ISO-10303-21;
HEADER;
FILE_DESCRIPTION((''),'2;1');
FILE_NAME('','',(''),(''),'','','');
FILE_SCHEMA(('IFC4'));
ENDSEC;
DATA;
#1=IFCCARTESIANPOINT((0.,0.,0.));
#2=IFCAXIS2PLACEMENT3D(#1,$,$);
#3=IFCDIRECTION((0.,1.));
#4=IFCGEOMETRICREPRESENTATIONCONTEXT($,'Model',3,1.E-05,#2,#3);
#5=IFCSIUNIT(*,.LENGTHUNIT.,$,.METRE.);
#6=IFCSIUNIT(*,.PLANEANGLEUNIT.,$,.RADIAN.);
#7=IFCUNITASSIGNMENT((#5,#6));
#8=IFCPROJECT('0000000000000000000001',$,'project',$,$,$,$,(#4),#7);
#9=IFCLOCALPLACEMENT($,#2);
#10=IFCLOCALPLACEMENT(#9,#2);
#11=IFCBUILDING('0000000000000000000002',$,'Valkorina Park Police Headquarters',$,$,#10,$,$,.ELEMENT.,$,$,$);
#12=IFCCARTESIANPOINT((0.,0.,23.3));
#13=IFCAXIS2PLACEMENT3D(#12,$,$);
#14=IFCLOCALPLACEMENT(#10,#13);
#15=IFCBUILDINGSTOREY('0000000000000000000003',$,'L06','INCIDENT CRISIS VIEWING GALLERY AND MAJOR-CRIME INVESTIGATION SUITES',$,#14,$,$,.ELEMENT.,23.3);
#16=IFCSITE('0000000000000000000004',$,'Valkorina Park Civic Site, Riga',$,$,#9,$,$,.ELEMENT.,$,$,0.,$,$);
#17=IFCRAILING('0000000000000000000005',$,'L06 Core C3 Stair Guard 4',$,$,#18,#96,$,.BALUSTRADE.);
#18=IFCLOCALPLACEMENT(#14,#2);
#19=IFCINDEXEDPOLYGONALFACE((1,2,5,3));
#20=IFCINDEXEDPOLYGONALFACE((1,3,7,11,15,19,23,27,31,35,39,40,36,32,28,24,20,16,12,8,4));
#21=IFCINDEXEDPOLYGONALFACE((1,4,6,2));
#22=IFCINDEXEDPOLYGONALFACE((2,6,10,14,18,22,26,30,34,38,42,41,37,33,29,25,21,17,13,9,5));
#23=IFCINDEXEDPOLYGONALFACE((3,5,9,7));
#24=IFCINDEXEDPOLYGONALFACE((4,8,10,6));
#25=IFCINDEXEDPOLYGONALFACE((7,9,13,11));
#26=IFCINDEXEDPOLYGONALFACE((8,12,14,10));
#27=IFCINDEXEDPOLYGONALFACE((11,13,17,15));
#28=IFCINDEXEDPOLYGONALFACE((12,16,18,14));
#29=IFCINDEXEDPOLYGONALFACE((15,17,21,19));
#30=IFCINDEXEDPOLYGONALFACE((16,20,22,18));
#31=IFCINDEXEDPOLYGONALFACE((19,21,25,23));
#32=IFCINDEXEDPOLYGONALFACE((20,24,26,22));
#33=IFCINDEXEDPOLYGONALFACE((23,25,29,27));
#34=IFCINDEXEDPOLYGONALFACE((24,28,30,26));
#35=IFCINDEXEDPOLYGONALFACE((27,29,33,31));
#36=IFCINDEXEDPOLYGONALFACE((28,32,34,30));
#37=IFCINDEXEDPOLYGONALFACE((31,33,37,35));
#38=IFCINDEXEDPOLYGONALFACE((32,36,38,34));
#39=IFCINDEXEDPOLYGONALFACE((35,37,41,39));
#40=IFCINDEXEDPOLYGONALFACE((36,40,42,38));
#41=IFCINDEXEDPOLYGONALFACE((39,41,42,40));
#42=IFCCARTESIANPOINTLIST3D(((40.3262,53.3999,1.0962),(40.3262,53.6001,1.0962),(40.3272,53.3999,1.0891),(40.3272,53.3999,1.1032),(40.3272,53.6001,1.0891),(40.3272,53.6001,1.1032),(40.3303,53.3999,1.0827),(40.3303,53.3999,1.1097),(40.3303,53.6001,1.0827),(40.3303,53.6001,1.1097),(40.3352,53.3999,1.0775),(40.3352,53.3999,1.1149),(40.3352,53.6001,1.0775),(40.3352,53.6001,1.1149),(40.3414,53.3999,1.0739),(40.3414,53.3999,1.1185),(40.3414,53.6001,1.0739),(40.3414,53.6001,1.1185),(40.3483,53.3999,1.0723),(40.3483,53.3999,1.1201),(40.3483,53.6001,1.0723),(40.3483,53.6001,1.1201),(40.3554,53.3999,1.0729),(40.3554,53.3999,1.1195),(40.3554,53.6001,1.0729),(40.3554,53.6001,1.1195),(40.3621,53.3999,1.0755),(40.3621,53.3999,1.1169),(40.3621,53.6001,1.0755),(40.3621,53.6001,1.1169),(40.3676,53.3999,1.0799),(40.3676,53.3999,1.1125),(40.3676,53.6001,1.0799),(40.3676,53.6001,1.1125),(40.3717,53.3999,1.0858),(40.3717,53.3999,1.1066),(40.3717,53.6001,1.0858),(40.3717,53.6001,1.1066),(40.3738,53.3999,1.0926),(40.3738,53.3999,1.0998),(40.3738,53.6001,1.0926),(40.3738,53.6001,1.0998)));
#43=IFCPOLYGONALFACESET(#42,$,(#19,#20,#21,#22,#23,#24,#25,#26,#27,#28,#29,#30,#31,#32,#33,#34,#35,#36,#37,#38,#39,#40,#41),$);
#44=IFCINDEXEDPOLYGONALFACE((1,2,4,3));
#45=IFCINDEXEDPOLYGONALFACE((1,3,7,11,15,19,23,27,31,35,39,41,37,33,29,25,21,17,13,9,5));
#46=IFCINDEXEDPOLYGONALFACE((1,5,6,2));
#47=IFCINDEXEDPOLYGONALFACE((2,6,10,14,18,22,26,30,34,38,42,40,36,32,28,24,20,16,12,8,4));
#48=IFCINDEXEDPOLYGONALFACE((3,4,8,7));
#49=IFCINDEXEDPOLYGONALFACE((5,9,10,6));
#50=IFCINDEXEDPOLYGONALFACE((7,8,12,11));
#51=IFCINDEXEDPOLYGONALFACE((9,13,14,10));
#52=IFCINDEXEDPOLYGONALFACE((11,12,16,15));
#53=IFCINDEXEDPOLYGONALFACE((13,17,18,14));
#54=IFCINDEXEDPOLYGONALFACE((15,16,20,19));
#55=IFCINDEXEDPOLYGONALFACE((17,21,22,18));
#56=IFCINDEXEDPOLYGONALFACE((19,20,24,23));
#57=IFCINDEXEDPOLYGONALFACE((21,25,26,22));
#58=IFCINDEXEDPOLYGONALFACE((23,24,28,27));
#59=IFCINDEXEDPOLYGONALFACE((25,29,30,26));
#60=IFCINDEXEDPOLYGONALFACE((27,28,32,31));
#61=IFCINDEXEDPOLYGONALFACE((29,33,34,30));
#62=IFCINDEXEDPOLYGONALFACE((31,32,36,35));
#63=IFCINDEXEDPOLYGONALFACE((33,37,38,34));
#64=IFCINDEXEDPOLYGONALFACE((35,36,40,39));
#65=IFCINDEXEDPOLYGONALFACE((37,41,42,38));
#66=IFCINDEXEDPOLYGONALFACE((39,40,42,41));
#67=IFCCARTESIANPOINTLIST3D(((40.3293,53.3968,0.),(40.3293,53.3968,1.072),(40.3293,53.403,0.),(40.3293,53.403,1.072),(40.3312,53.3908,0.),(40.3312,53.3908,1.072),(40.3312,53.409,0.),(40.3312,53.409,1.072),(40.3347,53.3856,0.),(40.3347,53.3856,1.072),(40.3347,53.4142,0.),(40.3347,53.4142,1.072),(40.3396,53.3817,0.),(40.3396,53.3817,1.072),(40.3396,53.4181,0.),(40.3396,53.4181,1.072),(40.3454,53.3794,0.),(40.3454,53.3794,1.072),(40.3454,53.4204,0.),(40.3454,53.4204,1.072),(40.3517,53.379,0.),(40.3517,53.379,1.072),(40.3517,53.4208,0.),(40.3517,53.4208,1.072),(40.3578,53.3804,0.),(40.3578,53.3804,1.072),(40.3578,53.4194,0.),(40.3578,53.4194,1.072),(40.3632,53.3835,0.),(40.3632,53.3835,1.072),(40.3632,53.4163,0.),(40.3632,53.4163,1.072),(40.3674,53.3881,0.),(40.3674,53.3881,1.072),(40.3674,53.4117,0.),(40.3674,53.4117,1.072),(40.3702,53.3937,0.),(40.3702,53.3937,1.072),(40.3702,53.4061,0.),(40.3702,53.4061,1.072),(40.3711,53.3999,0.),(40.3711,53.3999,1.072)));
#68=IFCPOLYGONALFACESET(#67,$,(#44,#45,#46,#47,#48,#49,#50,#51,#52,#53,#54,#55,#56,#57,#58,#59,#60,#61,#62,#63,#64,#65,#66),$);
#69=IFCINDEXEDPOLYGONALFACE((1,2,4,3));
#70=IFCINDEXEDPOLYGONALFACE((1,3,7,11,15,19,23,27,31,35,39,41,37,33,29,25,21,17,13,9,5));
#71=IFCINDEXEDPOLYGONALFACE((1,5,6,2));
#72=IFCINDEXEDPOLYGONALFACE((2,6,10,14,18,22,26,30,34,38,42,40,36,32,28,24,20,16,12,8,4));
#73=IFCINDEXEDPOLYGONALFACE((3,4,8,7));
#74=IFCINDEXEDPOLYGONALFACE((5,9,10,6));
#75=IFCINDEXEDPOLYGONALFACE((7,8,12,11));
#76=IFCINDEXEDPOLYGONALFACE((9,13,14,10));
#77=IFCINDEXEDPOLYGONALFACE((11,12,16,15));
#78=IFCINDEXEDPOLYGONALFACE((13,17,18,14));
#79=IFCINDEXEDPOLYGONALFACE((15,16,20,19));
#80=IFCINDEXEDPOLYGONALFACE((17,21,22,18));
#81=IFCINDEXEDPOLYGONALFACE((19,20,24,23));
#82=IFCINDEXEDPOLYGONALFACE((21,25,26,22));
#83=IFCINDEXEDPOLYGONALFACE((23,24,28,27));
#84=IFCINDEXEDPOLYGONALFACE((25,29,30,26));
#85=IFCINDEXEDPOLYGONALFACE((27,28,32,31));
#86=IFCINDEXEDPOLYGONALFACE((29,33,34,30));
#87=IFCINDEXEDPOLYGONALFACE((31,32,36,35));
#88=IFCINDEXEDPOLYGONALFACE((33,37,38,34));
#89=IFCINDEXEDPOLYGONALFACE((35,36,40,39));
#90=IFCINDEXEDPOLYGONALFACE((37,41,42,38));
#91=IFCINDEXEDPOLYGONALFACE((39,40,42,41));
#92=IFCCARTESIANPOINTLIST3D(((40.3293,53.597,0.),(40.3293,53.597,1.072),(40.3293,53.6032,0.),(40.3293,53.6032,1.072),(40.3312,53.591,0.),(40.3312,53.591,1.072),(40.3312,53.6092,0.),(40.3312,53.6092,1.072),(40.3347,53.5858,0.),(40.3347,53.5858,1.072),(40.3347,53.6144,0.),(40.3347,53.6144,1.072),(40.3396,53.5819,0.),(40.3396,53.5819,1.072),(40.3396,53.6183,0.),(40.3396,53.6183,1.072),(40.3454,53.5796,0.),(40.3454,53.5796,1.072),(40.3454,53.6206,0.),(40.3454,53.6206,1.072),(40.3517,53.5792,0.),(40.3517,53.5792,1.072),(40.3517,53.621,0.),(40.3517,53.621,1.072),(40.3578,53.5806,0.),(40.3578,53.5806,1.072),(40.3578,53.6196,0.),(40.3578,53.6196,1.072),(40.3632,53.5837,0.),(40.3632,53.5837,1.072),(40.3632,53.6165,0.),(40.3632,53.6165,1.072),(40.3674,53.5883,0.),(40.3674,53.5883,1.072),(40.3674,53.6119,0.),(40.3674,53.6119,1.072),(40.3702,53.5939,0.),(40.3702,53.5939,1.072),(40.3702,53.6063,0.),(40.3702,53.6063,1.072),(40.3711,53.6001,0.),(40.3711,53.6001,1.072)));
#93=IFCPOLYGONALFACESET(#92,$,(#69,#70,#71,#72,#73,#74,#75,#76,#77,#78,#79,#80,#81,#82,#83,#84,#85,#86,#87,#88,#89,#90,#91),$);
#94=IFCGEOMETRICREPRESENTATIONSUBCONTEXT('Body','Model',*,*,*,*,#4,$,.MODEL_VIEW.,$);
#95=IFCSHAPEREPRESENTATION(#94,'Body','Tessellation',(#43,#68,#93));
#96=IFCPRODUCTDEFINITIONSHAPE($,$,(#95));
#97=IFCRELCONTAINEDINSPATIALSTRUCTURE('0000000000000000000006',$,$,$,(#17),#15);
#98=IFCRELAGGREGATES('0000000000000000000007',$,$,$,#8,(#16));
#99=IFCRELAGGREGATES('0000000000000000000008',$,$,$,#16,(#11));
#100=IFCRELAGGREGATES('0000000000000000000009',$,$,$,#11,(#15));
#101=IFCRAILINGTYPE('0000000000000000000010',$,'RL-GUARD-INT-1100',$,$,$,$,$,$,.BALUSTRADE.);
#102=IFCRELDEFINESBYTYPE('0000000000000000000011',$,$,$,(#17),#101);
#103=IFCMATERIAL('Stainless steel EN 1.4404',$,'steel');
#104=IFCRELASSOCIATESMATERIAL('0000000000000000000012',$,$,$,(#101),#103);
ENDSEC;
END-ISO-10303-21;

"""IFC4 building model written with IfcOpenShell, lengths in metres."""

from ifc_helpers import new_model, si_unit, direction, frame, origin, origin_2d, place, context, subcontext, project, spatial, circle, extrude, material, type_object, element, save


model = new_model("IFC4")

# Units and contexts
model_context = context("Model", 3, precision=1e-05, world=origin(), true_north=direction((0.0, 1.0)))
body_context = subcontext(model_context, "Body", "Model", "MODEL_VIEW")
ifc_project = project(units=[si_unit("LENGTHUNIT", "METRE"), si_unit("PLANEANGLEUNIT", "RADIAN")], contexts=[model_context])

# Site, building, storey
site_placement = place(None, origin())
site = spatial("IfcSite", under=ifc_project, at=site_placement, Name="Valkorina Park Civic Site, Riga", CompositionType="ELEMENT", RefElevation=0.0)
building_placement = place(site_placement, origin())
building = spatial("IfcBuilding", under=site, at=building_placement, Name="Valkorina Park Police Headquarters", CompositionType="ELEMENT")
storey_placement = place(building_placement, frame((0.0, 0.0, 23.3)))
storey = spatial("IfcBuildingStorey", under=building, at=storey_placement, Name="L06", Description="INCIDENT CRISIS VIEWING GALLERY AND MAJOR-CRIME INVESTIGATION SUITES", CompositionType="ELEMENT", Elevation=23.3)

# Railing
ifc_material_1 = material(Name="Stainless steel EN 1.4404", Category="steel")
railing_type_1 = type_object("IfcRailingType", Name="RL-GUARD-INT-1100", PredefinedType="BALUSTRADE", material=ifc_material_1)
railing_1_placement = place(storey_placement, frame((40.3501, 53.3999, 0.0)))
element("IfcRailing", 1, at=railing_1_placement, inside=storey, type_object=railing_type_1, Name="L06 Core C3 Stair Guard 4", PredefinedType="BALUSTRADE", context=body_context, shape_type="SweptSolid", body=[
    extrude(circle(Radius=0.0239, at=origin_2d()), frame((0.0, 0.0, 1.0962), z_axis=(0.0, 1.0, 0.0), x_axis=(-1.0, 0.0, 0.0)), (0.0, 0.0, 1.0), 0.2002),
    extrude(circle(Radius=0.021, at=origin_2d()), origin(), (0.0, 0.0, 1.0), 1.072),
    extrude(circle(Radius=0.021, at=origin_2d()), frame((0.0, 0.2002, 0.0)), (0.0, 0.0, 1.0), 1.072),
])

save(model, "model.ifc")
